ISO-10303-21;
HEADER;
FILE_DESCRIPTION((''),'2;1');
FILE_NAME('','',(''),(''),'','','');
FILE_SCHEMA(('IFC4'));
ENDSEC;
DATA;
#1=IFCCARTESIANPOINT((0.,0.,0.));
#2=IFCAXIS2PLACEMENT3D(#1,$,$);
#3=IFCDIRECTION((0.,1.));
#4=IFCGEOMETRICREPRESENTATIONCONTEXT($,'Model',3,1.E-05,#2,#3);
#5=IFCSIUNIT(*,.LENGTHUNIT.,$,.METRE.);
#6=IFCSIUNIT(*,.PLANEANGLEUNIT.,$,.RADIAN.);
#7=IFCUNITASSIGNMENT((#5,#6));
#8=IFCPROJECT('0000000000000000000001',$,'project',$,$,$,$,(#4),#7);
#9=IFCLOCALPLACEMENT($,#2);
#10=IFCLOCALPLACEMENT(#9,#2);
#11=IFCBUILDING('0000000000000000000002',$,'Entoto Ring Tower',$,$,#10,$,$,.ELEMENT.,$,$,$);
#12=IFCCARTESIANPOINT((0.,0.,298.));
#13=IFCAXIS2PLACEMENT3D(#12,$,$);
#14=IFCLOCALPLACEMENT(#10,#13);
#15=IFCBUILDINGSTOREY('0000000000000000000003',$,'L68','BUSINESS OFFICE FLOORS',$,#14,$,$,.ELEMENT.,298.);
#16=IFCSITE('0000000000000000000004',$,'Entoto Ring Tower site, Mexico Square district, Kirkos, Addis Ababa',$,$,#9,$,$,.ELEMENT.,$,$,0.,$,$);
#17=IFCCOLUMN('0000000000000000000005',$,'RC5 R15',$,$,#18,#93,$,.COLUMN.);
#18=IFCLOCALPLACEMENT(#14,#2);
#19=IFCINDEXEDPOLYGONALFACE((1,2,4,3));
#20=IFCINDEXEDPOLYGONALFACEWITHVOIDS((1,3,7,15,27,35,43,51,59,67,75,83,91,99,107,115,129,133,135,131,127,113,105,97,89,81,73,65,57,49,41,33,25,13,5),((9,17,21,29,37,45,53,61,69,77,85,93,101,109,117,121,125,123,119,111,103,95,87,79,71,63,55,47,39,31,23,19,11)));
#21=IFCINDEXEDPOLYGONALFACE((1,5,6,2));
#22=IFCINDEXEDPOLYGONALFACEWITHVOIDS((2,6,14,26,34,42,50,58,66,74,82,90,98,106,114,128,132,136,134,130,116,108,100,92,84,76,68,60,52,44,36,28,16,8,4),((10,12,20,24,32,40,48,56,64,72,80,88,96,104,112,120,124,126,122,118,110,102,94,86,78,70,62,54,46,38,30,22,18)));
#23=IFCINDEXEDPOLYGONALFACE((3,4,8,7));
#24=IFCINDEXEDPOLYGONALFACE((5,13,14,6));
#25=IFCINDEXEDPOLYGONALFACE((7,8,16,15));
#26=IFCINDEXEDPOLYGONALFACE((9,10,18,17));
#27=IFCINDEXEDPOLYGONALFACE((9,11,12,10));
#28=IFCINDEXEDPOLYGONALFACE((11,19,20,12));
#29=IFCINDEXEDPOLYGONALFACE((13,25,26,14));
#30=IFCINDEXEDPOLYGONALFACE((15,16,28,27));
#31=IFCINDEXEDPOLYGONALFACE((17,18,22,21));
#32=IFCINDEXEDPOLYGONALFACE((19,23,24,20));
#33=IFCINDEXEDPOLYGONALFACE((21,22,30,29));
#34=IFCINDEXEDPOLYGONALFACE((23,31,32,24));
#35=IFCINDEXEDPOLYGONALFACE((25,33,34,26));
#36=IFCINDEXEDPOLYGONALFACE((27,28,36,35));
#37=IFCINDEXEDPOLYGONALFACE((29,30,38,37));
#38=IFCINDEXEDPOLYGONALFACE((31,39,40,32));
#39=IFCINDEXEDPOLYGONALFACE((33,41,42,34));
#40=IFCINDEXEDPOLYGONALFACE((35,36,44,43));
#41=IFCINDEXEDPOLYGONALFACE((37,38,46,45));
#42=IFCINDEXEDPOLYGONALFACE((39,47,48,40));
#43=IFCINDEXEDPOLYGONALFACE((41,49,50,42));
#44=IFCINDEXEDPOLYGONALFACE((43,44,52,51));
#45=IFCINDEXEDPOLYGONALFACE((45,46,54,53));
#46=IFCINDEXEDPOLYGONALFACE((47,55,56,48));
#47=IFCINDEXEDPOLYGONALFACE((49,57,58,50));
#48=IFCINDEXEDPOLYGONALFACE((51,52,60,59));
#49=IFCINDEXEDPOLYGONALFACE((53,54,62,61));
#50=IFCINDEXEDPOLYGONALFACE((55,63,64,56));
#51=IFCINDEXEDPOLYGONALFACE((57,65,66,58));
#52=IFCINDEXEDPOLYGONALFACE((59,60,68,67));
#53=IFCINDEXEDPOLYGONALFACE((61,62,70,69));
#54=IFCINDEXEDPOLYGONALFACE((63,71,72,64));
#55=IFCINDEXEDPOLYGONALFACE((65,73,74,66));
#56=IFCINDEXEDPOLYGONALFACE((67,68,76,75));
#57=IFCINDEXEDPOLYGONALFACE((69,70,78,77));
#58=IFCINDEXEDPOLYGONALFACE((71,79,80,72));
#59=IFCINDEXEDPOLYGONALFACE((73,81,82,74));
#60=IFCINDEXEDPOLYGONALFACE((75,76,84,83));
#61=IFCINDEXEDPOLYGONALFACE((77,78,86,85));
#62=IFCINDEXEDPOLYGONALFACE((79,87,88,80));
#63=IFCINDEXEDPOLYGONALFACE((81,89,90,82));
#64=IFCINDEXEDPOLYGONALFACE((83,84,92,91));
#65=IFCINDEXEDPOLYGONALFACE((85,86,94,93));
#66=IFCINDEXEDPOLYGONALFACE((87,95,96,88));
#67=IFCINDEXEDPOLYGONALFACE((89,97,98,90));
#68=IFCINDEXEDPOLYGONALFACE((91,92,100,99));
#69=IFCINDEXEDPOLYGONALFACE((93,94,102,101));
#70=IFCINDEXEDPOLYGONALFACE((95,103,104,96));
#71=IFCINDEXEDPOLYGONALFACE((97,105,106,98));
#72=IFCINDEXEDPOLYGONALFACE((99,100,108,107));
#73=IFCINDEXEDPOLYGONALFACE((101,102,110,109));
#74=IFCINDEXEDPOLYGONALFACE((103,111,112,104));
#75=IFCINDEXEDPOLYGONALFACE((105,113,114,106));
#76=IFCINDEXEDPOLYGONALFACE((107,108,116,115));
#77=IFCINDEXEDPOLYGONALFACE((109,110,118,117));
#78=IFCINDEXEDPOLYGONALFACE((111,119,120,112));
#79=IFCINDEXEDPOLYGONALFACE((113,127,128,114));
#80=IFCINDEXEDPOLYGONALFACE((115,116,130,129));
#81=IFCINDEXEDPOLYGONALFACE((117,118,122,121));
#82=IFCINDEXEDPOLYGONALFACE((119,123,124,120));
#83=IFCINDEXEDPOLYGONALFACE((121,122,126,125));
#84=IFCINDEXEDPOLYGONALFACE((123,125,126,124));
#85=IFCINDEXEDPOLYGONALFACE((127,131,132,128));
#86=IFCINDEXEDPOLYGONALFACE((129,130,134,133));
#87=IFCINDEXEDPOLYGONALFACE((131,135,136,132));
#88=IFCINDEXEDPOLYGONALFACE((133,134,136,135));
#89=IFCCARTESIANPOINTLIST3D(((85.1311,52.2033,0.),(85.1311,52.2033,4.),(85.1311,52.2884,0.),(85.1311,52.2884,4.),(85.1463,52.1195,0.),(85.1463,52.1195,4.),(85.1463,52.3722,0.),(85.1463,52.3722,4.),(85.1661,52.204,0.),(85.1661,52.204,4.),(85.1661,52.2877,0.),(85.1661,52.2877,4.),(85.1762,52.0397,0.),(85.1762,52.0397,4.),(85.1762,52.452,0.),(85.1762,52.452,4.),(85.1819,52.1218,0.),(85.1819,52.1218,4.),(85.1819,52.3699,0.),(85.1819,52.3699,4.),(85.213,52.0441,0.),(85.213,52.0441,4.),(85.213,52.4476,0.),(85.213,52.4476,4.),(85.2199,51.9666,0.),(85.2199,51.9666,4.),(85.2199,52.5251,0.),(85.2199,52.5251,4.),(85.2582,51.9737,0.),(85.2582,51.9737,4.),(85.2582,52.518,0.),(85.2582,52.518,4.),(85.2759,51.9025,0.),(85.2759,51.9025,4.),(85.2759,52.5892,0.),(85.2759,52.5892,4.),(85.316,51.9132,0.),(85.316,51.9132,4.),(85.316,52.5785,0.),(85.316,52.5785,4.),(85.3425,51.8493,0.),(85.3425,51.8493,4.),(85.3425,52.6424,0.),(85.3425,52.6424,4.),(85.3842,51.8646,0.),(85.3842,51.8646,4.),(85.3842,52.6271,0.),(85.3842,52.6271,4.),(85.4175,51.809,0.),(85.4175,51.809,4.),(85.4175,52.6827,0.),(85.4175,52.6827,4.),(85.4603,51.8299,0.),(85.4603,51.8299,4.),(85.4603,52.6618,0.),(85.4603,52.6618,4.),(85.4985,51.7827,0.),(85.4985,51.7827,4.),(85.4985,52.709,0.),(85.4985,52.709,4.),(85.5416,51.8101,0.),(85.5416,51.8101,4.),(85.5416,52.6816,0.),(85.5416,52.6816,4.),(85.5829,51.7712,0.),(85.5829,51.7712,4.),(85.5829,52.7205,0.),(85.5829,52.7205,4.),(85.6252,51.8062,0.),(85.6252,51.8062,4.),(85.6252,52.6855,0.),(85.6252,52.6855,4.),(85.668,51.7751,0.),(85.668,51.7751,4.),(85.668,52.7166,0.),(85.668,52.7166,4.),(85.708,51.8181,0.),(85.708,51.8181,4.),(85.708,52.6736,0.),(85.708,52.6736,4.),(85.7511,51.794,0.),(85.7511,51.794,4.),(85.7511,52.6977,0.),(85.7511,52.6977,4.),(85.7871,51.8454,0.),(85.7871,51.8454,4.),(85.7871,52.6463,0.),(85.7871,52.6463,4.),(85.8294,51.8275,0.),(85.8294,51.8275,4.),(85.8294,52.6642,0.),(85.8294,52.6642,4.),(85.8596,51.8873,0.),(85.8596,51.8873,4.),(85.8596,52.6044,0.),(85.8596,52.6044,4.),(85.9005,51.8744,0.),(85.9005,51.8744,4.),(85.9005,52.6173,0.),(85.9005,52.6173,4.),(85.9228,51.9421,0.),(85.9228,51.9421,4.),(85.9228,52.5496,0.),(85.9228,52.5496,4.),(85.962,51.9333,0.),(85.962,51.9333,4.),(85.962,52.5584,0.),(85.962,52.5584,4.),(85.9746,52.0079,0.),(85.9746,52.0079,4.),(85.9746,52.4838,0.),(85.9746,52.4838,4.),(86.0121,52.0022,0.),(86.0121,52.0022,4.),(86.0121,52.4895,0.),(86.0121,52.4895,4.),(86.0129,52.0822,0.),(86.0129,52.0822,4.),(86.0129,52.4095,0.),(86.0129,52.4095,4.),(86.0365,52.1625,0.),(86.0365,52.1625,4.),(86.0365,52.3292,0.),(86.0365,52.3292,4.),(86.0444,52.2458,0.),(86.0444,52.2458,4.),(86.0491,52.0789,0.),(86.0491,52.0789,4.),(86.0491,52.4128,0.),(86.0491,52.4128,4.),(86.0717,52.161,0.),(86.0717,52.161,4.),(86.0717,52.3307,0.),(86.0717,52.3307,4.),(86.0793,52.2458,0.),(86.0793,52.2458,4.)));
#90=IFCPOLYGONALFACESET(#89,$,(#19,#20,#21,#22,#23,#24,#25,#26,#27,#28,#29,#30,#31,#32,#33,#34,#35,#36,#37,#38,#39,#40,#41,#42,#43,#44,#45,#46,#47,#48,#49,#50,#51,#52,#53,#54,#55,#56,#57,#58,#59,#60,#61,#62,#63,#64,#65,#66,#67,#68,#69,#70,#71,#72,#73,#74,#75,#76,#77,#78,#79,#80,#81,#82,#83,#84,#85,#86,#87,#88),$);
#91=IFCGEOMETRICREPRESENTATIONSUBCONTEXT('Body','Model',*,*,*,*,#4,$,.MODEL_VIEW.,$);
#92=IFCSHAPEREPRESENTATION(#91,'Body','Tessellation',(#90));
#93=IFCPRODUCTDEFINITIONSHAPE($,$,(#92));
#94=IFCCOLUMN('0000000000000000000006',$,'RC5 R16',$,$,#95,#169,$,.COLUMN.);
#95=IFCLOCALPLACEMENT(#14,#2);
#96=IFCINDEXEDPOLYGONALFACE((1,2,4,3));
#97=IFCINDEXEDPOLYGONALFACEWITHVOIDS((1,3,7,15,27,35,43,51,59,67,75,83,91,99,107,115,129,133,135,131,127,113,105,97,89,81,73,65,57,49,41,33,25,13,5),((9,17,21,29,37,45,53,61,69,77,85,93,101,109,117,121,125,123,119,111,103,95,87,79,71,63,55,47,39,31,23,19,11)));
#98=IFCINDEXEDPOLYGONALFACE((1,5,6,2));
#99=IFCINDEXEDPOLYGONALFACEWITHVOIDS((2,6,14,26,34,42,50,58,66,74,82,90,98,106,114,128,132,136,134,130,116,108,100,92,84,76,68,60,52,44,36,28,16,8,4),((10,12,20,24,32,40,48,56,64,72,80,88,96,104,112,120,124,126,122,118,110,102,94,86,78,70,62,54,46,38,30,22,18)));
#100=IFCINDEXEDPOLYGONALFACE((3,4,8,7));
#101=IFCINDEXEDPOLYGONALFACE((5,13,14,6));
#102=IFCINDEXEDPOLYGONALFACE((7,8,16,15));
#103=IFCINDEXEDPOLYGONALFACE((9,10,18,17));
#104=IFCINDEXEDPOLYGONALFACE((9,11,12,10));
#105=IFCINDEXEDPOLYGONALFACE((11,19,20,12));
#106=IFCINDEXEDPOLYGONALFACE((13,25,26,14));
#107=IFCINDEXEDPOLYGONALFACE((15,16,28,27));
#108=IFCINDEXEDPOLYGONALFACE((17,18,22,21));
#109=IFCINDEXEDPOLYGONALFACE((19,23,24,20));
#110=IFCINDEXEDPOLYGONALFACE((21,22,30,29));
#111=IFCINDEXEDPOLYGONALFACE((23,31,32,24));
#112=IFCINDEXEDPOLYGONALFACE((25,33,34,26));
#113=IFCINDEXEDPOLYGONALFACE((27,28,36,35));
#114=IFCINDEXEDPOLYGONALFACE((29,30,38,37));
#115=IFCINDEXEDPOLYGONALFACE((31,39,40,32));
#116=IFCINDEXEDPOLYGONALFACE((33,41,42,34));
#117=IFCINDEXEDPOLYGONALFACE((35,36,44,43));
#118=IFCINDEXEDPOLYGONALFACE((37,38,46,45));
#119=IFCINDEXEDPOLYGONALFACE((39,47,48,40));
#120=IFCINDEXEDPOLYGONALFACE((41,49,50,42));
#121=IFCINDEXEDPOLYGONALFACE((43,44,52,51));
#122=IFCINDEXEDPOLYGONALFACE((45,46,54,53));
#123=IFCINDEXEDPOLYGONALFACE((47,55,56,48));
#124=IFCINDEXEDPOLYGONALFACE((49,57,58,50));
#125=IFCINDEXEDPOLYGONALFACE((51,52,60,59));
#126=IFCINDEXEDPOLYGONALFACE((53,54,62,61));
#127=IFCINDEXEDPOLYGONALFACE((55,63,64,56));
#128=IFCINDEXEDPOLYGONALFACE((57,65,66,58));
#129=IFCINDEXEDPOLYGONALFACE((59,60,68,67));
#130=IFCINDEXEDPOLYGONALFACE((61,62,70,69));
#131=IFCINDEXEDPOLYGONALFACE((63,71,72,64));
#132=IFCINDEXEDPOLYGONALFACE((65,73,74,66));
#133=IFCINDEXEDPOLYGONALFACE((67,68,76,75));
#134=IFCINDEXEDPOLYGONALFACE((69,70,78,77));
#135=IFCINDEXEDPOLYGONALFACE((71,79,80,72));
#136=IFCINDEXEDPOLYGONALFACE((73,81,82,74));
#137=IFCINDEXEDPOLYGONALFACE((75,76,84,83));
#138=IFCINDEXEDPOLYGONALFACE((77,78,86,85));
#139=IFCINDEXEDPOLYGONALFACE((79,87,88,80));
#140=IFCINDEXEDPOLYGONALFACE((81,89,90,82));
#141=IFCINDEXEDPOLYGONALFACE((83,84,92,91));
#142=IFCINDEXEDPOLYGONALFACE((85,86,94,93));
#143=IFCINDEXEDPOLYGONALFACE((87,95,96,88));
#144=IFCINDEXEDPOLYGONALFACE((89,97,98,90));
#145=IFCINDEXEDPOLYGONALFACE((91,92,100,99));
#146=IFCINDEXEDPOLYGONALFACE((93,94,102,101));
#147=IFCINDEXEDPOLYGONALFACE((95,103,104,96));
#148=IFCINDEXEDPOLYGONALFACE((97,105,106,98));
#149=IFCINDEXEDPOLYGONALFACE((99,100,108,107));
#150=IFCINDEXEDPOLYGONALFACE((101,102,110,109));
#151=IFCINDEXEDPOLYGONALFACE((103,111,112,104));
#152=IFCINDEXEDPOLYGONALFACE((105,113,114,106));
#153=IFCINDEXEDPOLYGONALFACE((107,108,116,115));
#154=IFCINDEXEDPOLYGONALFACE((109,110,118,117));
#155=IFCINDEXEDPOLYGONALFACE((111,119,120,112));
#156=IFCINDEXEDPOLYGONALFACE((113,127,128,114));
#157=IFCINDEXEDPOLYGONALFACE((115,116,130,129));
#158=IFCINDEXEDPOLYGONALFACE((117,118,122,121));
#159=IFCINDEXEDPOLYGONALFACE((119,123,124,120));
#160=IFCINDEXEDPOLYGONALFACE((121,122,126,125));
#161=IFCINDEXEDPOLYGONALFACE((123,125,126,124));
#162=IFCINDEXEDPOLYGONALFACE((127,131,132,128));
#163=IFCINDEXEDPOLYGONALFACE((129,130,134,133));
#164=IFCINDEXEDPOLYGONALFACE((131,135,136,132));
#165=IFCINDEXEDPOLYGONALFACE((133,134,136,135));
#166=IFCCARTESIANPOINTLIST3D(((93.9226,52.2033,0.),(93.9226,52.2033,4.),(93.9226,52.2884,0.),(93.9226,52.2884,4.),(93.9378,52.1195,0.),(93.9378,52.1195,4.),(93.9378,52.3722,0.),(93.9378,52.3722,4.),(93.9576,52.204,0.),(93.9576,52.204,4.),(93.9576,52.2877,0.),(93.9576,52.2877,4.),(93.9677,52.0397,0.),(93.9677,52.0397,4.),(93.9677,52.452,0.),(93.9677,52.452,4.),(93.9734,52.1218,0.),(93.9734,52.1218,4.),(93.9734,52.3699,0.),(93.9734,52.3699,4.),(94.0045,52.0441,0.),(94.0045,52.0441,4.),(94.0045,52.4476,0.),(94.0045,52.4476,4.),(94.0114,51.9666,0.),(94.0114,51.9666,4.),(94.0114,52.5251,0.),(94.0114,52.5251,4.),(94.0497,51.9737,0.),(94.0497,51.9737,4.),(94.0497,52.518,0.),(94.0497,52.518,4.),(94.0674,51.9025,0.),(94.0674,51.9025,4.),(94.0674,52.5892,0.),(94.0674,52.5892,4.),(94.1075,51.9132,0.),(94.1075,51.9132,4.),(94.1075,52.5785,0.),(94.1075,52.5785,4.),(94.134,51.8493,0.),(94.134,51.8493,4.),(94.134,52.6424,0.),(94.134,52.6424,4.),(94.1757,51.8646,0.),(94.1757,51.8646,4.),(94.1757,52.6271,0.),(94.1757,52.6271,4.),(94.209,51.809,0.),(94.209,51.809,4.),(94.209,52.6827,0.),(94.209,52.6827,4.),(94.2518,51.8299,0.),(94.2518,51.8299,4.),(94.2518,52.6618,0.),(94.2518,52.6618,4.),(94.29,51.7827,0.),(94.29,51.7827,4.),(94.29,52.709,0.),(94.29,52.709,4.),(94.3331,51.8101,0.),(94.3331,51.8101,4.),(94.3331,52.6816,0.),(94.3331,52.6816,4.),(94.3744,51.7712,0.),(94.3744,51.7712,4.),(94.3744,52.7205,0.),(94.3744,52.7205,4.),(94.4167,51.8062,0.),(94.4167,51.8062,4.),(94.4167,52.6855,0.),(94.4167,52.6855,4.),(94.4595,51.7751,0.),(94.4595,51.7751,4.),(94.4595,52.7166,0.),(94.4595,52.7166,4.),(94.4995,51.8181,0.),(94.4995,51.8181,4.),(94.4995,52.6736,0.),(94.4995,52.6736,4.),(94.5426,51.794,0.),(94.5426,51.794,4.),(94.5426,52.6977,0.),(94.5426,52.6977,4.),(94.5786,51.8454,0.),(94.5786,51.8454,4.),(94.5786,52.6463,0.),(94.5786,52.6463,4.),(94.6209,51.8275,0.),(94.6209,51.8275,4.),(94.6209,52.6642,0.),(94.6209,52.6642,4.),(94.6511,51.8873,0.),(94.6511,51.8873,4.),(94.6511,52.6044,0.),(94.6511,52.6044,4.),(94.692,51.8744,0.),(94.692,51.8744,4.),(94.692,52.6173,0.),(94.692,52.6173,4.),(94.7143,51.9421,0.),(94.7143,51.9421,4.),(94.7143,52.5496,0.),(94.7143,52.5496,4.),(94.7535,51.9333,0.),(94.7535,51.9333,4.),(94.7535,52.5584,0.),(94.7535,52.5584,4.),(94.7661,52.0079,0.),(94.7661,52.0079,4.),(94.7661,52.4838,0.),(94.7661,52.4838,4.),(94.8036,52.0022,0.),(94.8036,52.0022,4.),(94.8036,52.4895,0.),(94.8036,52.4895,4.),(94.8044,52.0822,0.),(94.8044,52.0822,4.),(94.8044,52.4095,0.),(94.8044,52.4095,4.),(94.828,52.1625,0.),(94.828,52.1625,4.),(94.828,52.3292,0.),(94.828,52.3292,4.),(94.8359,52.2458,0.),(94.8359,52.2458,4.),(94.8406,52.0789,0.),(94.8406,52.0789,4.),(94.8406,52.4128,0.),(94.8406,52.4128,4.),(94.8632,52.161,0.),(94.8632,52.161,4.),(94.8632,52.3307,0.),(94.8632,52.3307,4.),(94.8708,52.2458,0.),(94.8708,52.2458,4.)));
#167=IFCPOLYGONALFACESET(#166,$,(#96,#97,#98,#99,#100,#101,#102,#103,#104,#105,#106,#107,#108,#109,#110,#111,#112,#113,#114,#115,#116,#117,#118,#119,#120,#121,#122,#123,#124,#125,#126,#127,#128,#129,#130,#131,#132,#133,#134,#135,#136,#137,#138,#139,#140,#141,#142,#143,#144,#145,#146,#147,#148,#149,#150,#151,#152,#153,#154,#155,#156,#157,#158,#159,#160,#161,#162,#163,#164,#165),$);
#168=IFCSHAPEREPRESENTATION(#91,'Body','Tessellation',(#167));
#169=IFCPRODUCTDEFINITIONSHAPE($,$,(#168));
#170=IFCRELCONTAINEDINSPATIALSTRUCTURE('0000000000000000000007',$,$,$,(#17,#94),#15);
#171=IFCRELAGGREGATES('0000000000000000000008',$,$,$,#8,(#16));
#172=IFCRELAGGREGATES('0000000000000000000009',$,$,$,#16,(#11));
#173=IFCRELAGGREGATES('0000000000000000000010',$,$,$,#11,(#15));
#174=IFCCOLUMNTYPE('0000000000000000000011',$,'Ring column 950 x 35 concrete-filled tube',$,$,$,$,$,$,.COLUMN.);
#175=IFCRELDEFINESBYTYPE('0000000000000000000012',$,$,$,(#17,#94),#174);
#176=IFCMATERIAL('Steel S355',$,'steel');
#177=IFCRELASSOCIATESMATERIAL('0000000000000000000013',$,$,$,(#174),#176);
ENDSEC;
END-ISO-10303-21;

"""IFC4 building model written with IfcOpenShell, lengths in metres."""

from ifc_helpers import new_model, si_unit, direction, frame, origin, origin_2d, place, context, subcontext, project, spatial, circle, hollow_circle, extrude, material, material_profile, profile_set, type_object, element, save


model = new_model("IFC4")

# Units and contexts
model_context = context("Model", 3, precision=1e-05, world=origin(), true_north=direction((0.0, 1.0)))
body_context = subcontext(model_context, "Body", "Model", "MODEL_VIEW")
ifc_project = project(units=[si_unit("LENGTHUNIT", "METRE"), si_unit("PLANEANGLEUNIT", "RADIAN")], contexts=[model_context])

# Site, building, storey
site_placement = place(None, origin())
site = spatial("IfcSite", under=ifc_project, at=site_placement, Name="Entoto Ring Tower site, Mexico Square district, Kirkos, Addis Ababa", CompositionType="ELEMENT", RefElevation=0.0)
building_placement = place(site_placement, origin())
building = spatial("IfcBuilding", under=site, at=building_placement, Name="Entoto Ring Tower", CompositionType="ELEMENT")
storey_placement = place(building_placement, frame((0.0, 0.0, 298.0)))
storey = spatial("IfcBuildingStorey", under=building, at=storey_placement, Name="L68", Description="BUSINESS OFFICE FLOORS", CompositionType="ELEMENT", Elevation=298.0)

# Columns
ifc_material_1 = material(Name="Steel S355", Category="steel")
ifc_material_profile_1 = material_profile(ifc_material_1, hollow_circle(Radius=0.4751, WallThickness=0.0349, at=origin_2d()), Name="CHS 950 x 35")
ifc_material_2 = material(Name="Concrete C60/75", Category="concrete")
ifc_material_profile_2 = material_profile(ifc_material_2, circle(Radius=0.4399, at=origin_2d()), Name="Concrete C60/75 infill")
ifc_profile_set_1 = profile_set([ifc_material_profile_1, ifc_material_profile_2], Name="Steel S355")
column_type = type_object("IfcColumnType", Name="Ring column 950 x 35 concrete-filled tube", PredefinedType="COLUMN", material=ifc_profile_set_1)
for number, where, z_axis, x_axis, name in (
    (1, (85.6042, 52.2458, 0.0), (0.0, 0.0, 1.0), (1.0, 0.0, 0.0), "RC5 R15"),
    (2, (94.3958, 52.2458, 0.0), (0.0, 0.0, 1.0), (1.0, 0.0, 0.0), "RC5 R16"),
):
    element("IfcColumn", number, at=place(storey_placement, frame(where, z_axis=z_axis, x_axis=x_axis)), inside=storey, type_object=column_type, Name=name, PredefinedType="COLUMN", context=body_context, shape_type="SweptSolid", body=[
        extrude(hollow_circle(Radius=0.4751, WallThickness=0.0349, at=origin_2d()), origin(), (0.0, 0.0, 1.0), 4.0),
    ])

save(model, "model.ifc")
